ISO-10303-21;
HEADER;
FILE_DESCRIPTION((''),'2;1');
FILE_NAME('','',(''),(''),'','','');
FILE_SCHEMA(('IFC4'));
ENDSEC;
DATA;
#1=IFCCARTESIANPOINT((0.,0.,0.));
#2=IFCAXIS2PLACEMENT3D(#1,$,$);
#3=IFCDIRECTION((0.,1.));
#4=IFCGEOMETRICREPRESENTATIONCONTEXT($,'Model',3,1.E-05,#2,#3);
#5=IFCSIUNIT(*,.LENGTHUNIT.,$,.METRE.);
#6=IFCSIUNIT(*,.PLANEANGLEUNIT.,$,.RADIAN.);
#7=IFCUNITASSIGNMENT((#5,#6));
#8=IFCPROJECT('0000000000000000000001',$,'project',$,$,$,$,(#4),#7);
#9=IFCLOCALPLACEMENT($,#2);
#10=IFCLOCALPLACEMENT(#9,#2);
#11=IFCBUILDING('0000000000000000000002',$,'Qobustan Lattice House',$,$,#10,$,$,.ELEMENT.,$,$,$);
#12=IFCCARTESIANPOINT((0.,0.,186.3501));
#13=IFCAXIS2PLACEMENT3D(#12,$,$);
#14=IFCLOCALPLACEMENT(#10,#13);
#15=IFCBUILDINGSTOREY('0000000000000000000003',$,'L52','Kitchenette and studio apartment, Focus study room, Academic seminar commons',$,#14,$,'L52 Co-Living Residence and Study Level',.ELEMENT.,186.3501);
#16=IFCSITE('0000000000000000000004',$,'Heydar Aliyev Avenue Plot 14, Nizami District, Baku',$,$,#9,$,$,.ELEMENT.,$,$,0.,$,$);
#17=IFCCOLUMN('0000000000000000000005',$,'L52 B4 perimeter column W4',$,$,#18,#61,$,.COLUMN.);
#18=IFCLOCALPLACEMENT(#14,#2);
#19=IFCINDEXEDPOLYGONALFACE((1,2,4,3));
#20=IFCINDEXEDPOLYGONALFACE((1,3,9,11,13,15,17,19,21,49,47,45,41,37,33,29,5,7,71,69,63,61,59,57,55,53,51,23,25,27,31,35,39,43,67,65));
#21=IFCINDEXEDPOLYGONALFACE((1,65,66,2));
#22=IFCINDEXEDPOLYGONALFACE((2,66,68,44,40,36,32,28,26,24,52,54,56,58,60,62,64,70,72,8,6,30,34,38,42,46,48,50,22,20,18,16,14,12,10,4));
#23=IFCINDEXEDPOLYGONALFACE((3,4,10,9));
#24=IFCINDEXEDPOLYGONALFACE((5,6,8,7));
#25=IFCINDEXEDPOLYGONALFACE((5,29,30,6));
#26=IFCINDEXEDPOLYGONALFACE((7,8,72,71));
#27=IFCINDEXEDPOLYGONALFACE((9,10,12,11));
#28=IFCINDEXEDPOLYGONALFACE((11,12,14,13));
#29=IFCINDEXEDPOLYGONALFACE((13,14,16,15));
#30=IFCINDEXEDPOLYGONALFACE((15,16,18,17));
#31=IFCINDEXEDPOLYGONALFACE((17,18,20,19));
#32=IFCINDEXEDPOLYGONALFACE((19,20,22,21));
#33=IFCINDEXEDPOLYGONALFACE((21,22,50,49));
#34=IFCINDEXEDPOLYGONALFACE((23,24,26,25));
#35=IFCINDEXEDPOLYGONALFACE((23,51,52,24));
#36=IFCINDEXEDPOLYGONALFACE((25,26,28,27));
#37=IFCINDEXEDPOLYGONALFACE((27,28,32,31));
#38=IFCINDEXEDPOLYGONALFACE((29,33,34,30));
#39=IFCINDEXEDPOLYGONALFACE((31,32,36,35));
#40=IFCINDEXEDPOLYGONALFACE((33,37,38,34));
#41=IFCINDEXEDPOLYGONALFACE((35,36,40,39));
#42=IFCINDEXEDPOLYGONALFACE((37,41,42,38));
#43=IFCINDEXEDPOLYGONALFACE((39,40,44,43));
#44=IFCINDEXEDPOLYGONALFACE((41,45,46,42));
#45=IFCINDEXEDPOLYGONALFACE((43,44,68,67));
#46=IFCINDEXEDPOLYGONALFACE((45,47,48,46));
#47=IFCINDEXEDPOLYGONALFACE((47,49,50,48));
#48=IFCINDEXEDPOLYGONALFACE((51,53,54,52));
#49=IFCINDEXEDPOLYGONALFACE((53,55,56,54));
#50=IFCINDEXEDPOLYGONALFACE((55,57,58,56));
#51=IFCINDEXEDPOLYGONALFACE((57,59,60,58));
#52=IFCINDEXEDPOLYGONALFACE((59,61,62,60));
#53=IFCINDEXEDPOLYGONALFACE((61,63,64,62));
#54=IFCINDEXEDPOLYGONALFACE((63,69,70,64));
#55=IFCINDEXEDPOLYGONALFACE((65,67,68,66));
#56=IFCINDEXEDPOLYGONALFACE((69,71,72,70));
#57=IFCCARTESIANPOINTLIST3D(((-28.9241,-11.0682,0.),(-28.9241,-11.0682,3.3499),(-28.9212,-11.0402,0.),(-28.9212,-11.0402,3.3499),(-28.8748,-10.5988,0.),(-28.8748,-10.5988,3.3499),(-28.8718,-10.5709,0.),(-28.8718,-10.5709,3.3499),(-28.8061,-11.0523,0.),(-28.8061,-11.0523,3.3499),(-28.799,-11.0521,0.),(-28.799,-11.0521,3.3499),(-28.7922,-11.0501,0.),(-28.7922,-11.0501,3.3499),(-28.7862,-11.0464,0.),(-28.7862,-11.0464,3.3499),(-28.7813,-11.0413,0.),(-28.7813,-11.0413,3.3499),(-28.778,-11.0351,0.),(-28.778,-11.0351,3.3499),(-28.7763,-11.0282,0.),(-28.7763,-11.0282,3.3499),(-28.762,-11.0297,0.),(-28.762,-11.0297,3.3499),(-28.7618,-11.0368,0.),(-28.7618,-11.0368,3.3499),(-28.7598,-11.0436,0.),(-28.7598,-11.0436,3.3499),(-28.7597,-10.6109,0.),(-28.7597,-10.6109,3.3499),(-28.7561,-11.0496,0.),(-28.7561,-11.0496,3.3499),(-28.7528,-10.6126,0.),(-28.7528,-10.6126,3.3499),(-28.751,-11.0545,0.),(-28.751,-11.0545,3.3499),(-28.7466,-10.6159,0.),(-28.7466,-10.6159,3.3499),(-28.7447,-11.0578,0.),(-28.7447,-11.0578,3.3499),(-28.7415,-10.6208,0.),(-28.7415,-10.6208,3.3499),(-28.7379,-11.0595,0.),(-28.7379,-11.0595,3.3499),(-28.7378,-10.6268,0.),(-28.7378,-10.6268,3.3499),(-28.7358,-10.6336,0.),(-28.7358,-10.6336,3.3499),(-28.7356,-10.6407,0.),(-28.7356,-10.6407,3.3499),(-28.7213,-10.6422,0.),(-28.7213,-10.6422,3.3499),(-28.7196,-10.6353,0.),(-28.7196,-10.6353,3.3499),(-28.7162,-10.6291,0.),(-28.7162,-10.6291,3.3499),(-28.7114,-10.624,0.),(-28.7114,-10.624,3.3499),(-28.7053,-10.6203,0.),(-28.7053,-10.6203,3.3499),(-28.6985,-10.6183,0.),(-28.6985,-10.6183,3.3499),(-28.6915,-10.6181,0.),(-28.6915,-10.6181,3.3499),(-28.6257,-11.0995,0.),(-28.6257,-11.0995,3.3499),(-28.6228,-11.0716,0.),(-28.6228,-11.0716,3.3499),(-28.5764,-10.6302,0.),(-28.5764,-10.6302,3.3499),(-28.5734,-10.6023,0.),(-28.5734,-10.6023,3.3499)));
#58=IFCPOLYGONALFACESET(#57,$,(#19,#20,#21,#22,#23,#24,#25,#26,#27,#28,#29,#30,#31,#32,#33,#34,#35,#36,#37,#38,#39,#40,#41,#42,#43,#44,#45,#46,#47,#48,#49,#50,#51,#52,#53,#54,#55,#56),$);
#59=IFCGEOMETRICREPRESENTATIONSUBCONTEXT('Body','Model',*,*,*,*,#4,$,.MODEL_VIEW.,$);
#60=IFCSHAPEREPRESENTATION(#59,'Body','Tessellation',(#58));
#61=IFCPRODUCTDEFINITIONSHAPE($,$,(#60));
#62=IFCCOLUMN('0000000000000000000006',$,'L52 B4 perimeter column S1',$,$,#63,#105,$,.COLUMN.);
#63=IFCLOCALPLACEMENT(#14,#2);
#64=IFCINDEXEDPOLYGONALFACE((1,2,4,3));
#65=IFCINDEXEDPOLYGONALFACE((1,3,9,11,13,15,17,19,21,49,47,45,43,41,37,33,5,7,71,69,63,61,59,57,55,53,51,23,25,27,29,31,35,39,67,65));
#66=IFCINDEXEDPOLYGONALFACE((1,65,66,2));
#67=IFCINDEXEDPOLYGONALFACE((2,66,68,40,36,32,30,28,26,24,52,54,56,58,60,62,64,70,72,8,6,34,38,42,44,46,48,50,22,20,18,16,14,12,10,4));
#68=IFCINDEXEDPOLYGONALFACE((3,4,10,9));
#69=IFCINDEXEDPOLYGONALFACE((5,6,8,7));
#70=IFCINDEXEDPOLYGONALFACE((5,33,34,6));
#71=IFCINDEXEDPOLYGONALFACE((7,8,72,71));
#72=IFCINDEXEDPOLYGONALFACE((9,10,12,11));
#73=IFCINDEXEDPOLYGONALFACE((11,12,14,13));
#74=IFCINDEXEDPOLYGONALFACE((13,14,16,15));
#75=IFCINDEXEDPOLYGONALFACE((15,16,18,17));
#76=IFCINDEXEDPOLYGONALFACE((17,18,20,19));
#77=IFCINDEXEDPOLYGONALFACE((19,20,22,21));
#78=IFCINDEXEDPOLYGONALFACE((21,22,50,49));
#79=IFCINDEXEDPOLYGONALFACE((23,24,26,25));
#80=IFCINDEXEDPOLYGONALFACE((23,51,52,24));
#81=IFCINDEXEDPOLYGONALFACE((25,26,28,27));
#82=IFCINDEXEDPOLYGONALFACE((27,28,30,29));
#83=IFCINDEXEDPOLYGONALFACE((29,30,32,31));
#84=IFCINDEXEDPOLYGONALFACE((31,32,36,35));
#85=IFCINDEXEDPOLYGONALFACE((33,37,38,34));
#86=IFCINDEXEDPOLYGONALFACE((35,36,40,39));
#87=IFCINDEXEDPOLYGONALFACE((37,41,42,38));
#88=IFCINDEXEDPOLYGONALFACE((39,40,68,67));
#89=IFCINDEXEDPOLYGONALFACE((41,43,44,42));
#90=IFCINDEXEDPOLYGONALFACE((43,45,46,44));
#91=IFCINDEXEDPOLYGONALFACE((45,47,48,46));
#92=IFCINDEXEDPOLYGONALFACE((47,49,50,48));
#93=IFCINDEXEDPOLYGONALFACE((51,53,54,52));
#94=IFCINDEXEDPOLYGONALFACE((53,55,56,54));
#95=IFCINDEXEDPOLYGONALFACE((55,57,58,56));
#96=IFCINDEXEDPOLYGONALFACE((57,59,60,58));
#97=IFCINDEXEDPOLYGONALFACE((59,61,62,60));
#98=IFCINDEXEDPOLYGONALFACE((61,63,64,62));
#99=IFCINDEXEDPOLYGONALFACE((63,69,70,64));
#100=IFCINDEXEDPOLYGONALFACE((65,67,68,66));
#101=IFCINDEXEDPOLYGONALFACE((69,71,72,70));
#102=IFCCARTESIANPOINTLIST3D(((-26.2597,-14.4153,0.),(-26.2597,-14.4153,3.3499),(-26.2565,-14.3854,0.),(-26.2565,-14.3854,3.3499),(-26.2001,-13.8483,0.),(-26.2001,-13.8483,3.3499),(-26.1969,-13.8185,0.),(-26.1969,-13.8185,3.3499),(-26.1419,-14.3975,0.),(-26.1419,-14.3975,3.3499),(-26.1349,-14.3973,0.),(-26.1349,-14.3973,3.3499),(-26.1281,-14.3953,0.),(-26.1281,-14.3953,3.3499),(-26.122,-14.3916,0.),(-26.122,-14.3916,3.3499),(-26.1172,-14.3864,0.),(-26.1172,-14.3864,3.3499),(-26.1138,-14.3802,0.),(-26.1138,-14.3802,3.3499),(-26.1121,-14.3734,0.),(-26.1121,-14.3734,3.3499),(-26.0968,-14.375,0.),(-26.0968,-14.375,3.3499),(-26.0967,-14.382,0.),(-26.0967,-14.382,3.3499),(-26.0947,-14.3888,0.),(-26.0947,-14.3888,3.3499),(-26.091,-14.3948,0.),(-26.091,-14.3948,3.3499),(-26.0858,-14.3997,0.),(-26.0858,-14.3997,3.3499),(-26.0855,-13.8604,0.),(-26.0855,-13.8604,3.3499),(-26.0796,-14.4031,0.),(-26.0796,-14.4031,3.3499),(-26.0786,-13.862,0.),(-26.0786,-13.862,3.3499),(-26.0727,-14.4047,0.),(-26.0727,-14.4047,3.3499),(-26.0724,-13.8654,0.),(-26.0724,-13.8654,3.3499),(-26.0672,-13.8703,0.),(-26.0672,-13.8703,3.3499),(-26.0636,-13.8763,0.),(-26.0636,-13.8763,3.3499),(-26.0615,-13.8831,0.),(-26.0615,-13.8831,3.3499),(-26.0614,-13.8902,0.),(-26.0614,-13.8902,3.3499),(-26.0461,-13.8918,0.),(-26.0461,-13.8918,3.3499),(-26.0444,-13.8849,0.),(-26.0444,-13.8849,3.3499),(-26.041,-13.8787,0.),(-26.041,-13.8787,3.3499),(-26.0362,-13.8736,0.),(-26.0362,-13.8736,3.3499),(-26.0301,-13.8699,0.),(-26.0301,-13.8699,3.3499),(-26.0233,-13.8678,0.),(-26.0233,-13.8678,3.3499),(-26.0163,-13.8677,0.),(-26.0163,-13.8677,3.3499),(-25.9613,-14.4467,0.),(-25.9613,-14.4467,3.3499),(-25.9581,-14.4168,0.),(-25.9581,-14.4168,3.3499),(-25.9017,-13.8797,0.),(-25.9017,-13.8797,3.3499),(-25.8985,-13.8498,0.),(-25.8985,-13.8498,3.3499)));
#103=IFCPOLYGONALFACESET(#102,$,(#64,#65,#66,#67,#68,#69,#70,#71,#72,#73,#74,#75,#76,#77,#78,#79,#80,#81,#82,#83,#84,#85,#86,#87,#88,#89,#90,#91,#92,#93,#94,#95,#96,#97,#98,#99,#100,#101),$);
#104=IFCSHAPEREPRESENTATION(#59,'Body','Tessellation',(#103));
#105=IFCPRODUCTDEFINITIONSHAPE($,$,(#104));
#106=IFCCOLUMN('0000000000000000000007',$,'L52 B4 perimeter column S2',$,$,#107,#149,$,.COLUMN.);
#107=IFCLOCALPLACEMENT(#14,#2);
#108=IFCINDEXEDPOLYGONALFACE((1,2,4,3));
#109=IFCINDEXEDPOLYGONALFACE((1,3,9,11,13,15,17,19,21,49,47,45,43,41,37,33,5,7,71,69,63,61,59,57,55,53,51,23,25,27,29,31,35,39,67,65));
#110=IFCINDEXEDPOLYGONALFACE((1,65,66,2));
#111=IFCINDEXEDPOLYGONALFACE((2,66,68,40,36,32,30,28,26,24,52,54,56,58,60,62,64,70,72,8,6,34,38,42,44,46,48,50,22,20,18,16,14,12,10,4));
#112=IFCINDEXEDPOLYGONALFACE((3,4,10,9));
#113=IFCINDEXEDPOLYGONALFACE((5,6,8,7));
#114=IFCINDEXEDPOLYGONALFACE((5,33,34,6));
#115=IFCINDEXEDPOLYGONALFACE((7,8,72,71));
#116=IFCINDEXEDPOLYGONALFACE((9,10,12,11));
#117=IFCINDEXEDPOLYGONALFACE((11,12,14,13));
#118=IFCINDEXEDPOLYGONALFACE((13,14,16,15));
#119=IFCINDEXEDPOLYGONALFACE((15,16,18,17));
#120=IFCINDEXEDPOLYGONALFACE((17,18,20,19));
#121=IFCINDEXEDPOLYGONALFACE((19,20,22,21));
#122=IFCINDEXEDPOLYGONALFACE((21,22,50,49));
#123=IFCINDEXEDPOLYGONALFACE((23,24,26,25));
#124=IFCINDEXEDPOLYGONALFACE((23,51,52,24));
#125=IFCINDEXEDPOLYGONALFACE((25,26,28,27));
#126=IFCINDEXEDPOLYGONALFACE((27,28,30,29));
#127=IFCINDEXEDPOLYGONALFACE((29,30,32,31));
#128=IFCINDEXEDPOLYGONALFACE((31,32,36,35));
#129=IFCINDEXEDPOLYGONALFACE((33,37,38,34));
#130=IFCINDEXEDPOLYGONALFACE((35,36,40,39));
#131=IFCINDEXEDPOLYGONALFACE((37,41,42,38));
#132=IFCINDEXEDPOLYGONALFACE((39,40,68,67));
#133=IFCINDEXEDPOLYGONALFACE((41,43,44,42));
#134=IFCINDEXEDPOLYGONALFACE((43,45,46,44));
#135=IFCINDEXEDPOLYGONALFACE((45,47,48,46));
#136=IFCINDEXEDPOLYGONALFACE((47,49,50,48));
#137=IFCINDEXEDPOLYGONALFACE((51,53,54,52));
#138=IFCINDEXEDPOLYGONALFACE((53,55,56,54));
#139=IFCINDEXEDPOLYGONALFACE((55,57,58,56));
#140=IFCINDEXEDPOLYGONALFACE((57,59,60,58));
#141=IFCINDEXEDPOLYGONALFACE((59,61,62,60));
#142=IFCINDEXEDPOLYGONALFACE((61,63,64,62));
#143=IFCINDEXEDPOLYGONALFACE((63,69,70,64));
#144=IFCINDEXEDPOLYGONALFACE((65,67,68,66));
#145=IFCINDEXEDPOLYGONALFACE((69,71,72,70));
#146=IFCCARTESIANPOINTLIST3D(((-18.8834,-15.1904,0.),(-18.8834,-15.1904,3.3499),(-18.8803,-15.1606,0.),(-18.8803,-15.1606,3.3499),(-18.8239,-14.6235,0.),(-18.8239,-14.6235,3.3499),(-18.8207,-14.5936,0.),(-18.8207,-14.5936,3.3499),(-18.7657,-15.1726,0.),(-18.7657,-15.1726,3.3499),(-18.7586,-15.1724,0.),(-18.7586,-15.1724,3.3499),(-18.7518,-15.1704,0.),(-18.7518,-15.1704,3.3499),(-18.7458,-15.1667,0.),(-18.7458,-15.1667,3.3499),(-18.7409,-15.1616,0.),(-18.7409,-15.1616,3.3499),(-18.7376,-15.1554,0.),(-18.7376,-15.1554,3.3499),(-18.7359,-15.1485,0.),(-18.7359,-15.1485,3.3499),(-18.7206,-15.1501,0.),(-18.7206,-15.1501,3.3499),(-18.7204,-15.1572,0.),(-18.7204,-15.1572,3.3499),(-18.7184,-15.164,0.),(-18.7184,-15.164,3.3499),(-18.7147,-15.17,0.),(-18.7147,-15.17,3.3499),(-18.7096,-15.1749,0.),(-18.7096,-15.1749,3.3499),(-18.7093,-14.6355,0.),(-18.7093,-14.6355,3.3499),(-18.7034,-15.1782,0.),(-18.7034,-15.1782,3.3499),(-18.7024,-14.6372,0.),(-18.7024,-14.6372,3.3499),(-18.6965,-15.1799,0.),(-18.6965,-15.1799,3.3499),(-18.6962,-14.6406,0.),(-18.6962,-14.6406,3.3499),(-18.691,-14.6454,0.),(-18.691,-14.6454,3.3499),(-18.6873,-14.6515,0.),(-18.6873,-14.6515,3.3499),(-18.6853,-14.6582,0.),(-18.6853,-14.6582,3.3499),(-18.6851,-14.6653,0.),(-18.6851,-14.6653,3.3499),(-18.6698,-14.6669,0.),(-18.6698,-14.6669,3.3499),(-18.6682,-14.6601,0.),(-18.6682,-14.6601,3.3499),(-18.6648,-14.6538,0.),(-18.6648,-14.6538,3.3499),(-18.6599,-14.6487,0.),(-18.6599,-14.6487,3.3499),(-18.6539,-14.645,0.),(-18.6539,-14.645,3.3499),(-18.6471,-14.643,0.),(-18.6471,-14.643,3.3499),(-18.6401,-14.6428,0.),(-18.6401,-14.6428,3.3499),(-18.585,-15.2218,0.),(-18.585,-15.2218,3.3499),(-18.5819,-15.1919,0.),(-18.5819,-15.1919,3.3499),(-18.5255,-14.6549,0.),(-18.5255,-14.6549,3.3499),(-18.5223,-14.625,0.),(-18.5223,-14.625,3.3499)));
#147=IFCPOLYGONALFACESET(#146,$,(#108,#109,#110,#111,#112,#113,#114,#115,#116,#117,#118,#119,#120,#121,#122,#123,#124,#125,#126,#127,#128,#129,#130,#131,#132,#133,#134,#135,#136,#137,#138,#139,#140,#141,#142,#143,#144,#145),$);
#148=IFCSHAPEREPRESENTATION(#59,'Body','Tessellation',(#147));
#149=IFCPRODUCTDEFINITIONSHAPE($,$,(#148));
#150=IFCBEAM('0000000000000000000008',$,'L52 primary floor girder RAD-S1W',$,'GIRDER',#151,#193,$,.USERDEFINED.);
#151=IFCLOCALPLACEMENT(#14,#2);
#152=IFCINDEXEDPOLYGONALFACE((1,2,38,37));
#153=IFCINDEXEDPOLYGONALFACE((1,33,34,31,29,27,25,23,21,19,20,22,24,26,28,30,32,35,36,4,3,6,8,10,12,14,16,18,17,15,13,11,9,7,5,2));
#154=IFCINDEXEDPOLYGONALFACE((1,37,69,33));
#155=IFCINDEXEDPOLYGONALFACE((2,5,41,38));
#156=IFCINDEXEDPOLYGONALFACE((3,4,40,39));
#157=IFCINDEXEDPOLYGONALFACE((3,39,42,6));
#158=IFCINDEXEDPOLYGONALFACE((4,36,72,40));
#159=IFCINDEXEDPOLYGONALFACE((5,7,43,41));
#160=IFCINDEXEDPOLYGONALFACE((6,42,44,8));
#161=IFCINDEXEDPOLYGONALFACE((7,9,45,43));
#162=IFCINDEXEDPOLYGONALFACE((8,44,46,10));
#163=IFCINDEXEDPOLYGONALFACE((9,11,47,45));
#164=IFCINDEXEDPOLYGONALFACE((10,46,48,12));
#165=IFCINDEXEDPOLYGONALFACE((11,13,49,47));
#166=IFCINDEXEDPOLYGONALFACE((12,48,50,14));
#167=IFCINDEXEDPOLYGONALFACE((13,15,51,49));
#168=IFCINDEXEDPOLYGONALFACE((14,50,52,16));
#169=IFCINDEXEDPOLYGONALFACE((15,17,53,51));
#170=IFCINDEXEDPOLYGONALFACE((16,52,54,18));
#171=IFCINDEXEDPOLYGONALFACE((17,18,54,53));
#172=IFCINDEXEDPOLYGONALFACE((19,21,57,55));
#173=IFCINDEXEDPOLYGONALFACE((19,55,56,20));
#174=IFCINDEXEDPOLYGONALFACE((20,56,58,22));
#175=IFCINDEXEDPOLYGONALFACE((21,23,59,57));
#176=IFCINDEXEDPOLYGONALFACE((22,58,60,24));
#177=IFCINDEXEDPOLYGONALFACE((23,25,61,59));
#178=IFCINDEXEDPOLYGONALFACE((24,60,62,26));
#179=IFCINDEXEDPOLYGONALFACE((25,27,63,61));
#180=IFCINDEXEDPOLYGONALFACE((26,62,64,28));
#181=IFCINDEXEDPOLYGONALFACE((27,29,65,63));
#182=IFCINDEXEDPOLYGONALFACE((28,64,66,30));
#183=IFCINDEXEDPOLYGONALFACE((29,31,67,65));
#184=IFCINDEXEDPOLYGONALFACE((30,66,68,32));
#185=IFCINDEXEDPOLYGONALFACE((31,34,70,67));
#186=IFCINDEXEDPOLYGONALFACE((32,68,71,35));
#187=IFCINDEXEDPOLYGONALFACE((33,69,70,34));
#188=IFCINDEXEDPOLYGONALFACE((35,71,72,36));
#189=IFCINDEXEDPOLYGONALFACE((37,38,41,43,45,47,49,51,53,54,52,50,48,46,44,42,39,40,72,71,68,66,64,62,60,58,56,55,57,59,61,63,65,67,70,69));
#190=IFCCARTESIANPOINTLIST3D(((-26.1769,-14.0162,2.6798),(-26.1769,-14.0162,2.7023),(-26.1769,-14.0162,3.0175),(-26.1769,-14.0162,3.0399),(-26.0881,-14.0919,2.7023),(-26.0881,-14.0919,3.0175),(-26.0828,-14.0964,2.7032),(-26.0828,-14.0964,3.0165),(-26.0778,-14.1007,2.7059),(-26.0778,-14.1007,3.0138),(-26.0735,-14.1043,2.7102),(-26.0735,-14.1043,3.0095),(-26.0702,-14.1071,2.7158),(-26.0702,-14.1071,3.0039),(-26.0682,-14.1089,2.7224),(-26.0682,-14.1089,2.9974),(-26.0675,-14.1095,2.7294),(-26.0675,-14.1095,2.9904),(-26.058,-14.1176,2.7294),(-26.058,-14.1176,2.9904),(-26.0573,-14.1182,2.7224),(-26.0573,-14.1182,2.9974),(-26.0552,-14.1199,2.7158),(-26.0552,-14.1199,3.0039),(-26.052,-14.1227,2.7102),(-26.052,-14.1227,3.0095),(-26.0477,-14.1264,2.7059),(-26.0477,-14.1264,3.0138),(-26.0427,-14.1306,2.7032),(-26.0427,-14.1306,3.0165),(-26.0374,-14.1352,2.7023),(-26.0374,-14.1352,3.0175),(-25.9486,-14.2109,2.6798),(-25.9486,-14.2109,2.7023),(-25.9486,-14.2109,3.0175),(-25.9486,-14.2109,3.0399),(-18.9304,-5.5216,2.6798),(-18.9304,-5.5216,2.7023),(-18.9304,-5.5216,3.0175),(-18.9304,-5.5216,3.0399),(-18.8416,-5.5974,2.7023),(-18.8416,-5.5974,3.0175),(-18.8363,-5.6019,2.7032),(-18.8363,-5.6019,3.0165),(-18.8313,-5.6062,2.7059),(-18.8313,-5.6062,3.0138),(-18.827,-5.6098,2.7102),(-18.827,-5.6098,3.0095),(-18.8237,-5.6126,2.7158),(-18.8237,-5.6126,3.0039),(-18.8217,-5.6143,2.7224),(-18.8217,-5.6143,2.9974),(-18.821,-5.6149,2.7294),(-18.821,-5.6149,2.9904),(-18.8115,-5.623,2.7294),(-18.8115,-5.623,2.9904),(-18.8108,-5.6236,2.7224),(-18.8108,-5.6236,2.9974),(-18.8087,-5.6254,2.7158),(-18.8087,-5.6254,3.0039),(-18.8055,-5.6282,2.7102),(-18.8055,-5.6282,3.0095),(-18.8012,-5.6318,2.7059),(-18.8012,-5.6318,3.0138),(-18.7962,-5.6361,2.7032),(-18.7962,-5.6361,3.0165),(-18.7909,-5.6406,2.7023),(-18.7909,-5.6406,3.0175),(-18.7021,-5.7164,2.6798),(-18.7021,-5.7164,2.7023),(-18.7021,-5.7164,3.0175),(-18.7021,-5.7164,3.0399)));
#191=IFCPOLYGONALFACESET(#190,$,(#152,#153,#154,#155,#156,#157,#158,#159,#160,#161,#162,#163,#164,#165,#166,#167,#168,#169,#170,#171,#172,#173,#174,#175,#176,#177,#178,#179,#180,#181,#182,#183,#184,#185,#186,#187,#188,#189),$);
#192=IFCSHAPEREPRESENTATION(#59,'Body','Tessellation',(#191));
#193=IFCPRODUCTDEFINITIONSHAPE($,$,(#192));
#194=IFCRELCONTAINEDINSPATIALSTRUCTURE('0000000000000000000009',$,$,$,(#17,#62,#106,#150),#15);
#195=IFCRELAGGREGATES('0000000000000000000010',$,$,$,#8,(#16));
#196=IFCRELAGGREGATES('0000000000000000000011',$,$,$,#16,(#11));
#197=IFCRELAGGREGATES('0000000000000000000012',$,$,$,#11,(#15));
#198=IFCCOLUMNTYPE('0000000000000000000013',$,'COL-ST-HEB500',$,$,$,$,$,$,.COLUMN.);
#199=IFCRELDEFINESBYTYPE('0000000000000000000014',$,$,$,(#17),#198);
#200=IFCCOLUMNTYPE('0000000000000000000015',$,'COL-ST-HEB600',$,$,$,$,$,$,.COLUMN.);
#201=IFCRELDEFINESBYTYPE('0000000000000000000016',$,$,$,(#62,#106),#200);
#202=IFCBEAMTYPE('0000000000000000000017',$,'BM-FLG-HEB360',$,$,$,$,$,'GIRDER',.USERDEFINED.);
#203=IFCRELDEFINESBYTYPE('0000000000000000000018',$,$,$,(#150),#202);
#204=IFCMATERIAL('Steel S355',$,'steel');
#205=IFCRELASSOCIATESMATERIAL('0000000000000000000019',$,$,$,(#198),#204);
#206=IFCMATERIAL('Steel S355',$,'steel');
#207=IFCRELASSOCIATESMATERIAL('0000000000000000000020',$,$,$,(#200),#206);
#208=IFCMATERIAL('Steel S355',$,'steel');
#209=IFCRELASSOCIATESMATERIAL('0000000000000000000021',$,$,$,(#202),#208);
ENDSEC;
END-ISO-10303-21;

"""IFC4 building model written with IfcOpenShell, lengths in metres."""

from ifc_helpers import new_model, si_unit, direction, frame, origin, origin_2d, place, context, subcontext, project, spatial, i_section, extrude, material, material_profile, profile_set, type_object, element, save


model = new_model("IFC4")

# Units and contexts
model_context = context("Model", 3, precision=1e-05, world=origin(), true_north=direction((0.0, 1.0)))
body_context = subcontext(model_context, "Body", "Model", "MODEL_VIEW")
ifc_project = project(units=[si_unit("LENGTHUNIT", "METRE"), si_unit("PLANEANGLEUNIT", "RADIAN")], contexts=[model_context])

# Site, building, storey
site_placement = place(None, origin())
site = spatial("IfcSite", under=ifc_project, at=site_placement, Name="Heydar Aliyev Avenue Plot 14, Nizami District, Baku", CompositionType="ELEMENT", RefElevation=0.0)
building_placement = place(site_placement, origin())
building = spatial("IfcBuilding", under=site, at=building_placement, Name="Qobustan Lattice House", CompositionType="ELEMENT")
storey_placement = place(building_placement, frame((0.0, 0.0, 186.3501)))
storey = spatial("IfcBuildingStorey", under=building, at=storey_placement, Name="L52", Description="Kitchenette and studio apartment, Focus study room, Academic seminar commons", LongName="L52 Co-Living Residence and Study Level", CompositionType="ELEMENT", Elevation=186.3501)

# Columns
ifc_material_1 = material(Name="Steel S355", Category="steel")
ifc_material_profile_1 = material_profile(ifc_material_1, i_section(OverallWidth=0.3, OverallDepth=0.5, WebThickness=0.0144, FlangeThickness=0.0281, FilletRadius=0.0271, at=origin_2d()), Name="HEB500")
ifc_profile_set_1 = profile_set([ifc_material_profile_1], Name="Steel S355")
column_type_1 = type_object("IfcColumnType", Name="COL-ST-HEB500", PredefinedType="COLUMN", material=ifc_profile_set_1)
column_placement = place(storey_placement, frame((-28.7488, -10.8352, 0.0), z_axis=(0.0, 0.0, 1.0), x_axis=(0.994522, -0.104528, 0.0)))
element("IfcColumn", 1, at=column_placement, inside=storey, type_object=column_type_1, Name="L52 B4 perimeter column W4", PredefinedType="COLUMN", context=body_context, shape_type="SweptSolid", body=[
    extrude(i_section(OverallWidth=0.3, OverallDepth=0.5, WebThickness=0.0144, FlangeThickness=0.0281, FilletRadius=0.0271, at=origin_2d()), origin(), (0.0, 0.0, 1.0), 3.3499),
])
ifc_material_2 = material(Name="Steel S355", Category="steel")
ifc_material_profile_2 = material_profile(ifc_material_2, i_section(OverallWidth=0.3, OverallDepth=0.6001, WebThickness=0.0154, FlangeThickness=0.03, FilletRadius=0.0271, at=origin_2d()), Name="HEB600")
ifc_profile_set_2 = profile_set([ifc_material_profile_2], Name="Steel S355")
column_type_2 = type_object("IfcColumnType", Name="COL-ST-HEB600", PredefinedType="COLUMN", material=ifc_profile_set_2)
for number, where, z_axis, x_axis, name in (
    (2, (-26.0791, -14.1326, 0.0), (0.0, 0.0, 1.0), (0.994522, -0.104528, 0.0), "L52 B4 perimeter column S1"),
    (3, (-18.7029, -14.9077, 0.0), (0.0, 0.0, 1.0), (0.994522, -0.104528, 0.0), "L52 B4 perimeter column S2"),
):
    element("IfcColumn", number, at=place(storey_placement, frame(where, z_axis=z_axis, x_axis=x_axis)), inside=storey, type_object=column_type_2, Name=name, PredefinedType="COLUMN", context=body_context, shape_type="SweptSolid", body=[
        extrude(i_section(OverallWidth=0.3, OverallDepth=0.6001, WebThickness=0.0154, FlangeThickness=0.03, FilletRadius=0.0271, at=origin_2d()), origin(), (0.0, 0.0, 1.0), 3.3499),
    ])

# Beam
ifc_material_3 = material(Name="Steel S355", Category="steel")
ifc_material_profile_3 = material_profile(ifc_material_3, i_section(OverallWidth=0.3, OverallDepth=0.3601, WebThickness=0.0125, FlangeThickness=0.0225, FilletRadius=0.0271, at=origin_2d()), Name="HEB360")
ifc_profile_set_3 = profile_set([ifc_material_profile_3], Name="Steel S355")
beam_type_1 = type_object("IfcBeamType", Name="BM-FLG-HEB360", ElementType="GIRDER", PredefinedType="USERDEFINED", material=ifc_profile_set_3)
beam_1_placement = place(storey_placement, frame((-26.0627, -14.1135, 2.8599), z_axis=(0.649007, 0.760783, 0.0), x_axis=(-0.760783, 0.649007, 0.0)))
element("IfcBeam", 4, at=beam_1_placement, inside=storey, type_object=beam_type_1, Name="L52 primary floor girder RAD-S1W", ObjectType="GIRDER", PredefinedType="USERDEFINED", context=body_context, shape_type="SweptSolid", body=[
    extrude(i_section(OverallWidth=0.3, OverallDepth=0.3601, WebThickness=0.0125, FlangeThickness=0.0225, FilletRadius=0.0271, at=origin_2d()), origin(), (0.0, 0.0, 1.0), 11.1655),
])

save(model, "model.ifc")
